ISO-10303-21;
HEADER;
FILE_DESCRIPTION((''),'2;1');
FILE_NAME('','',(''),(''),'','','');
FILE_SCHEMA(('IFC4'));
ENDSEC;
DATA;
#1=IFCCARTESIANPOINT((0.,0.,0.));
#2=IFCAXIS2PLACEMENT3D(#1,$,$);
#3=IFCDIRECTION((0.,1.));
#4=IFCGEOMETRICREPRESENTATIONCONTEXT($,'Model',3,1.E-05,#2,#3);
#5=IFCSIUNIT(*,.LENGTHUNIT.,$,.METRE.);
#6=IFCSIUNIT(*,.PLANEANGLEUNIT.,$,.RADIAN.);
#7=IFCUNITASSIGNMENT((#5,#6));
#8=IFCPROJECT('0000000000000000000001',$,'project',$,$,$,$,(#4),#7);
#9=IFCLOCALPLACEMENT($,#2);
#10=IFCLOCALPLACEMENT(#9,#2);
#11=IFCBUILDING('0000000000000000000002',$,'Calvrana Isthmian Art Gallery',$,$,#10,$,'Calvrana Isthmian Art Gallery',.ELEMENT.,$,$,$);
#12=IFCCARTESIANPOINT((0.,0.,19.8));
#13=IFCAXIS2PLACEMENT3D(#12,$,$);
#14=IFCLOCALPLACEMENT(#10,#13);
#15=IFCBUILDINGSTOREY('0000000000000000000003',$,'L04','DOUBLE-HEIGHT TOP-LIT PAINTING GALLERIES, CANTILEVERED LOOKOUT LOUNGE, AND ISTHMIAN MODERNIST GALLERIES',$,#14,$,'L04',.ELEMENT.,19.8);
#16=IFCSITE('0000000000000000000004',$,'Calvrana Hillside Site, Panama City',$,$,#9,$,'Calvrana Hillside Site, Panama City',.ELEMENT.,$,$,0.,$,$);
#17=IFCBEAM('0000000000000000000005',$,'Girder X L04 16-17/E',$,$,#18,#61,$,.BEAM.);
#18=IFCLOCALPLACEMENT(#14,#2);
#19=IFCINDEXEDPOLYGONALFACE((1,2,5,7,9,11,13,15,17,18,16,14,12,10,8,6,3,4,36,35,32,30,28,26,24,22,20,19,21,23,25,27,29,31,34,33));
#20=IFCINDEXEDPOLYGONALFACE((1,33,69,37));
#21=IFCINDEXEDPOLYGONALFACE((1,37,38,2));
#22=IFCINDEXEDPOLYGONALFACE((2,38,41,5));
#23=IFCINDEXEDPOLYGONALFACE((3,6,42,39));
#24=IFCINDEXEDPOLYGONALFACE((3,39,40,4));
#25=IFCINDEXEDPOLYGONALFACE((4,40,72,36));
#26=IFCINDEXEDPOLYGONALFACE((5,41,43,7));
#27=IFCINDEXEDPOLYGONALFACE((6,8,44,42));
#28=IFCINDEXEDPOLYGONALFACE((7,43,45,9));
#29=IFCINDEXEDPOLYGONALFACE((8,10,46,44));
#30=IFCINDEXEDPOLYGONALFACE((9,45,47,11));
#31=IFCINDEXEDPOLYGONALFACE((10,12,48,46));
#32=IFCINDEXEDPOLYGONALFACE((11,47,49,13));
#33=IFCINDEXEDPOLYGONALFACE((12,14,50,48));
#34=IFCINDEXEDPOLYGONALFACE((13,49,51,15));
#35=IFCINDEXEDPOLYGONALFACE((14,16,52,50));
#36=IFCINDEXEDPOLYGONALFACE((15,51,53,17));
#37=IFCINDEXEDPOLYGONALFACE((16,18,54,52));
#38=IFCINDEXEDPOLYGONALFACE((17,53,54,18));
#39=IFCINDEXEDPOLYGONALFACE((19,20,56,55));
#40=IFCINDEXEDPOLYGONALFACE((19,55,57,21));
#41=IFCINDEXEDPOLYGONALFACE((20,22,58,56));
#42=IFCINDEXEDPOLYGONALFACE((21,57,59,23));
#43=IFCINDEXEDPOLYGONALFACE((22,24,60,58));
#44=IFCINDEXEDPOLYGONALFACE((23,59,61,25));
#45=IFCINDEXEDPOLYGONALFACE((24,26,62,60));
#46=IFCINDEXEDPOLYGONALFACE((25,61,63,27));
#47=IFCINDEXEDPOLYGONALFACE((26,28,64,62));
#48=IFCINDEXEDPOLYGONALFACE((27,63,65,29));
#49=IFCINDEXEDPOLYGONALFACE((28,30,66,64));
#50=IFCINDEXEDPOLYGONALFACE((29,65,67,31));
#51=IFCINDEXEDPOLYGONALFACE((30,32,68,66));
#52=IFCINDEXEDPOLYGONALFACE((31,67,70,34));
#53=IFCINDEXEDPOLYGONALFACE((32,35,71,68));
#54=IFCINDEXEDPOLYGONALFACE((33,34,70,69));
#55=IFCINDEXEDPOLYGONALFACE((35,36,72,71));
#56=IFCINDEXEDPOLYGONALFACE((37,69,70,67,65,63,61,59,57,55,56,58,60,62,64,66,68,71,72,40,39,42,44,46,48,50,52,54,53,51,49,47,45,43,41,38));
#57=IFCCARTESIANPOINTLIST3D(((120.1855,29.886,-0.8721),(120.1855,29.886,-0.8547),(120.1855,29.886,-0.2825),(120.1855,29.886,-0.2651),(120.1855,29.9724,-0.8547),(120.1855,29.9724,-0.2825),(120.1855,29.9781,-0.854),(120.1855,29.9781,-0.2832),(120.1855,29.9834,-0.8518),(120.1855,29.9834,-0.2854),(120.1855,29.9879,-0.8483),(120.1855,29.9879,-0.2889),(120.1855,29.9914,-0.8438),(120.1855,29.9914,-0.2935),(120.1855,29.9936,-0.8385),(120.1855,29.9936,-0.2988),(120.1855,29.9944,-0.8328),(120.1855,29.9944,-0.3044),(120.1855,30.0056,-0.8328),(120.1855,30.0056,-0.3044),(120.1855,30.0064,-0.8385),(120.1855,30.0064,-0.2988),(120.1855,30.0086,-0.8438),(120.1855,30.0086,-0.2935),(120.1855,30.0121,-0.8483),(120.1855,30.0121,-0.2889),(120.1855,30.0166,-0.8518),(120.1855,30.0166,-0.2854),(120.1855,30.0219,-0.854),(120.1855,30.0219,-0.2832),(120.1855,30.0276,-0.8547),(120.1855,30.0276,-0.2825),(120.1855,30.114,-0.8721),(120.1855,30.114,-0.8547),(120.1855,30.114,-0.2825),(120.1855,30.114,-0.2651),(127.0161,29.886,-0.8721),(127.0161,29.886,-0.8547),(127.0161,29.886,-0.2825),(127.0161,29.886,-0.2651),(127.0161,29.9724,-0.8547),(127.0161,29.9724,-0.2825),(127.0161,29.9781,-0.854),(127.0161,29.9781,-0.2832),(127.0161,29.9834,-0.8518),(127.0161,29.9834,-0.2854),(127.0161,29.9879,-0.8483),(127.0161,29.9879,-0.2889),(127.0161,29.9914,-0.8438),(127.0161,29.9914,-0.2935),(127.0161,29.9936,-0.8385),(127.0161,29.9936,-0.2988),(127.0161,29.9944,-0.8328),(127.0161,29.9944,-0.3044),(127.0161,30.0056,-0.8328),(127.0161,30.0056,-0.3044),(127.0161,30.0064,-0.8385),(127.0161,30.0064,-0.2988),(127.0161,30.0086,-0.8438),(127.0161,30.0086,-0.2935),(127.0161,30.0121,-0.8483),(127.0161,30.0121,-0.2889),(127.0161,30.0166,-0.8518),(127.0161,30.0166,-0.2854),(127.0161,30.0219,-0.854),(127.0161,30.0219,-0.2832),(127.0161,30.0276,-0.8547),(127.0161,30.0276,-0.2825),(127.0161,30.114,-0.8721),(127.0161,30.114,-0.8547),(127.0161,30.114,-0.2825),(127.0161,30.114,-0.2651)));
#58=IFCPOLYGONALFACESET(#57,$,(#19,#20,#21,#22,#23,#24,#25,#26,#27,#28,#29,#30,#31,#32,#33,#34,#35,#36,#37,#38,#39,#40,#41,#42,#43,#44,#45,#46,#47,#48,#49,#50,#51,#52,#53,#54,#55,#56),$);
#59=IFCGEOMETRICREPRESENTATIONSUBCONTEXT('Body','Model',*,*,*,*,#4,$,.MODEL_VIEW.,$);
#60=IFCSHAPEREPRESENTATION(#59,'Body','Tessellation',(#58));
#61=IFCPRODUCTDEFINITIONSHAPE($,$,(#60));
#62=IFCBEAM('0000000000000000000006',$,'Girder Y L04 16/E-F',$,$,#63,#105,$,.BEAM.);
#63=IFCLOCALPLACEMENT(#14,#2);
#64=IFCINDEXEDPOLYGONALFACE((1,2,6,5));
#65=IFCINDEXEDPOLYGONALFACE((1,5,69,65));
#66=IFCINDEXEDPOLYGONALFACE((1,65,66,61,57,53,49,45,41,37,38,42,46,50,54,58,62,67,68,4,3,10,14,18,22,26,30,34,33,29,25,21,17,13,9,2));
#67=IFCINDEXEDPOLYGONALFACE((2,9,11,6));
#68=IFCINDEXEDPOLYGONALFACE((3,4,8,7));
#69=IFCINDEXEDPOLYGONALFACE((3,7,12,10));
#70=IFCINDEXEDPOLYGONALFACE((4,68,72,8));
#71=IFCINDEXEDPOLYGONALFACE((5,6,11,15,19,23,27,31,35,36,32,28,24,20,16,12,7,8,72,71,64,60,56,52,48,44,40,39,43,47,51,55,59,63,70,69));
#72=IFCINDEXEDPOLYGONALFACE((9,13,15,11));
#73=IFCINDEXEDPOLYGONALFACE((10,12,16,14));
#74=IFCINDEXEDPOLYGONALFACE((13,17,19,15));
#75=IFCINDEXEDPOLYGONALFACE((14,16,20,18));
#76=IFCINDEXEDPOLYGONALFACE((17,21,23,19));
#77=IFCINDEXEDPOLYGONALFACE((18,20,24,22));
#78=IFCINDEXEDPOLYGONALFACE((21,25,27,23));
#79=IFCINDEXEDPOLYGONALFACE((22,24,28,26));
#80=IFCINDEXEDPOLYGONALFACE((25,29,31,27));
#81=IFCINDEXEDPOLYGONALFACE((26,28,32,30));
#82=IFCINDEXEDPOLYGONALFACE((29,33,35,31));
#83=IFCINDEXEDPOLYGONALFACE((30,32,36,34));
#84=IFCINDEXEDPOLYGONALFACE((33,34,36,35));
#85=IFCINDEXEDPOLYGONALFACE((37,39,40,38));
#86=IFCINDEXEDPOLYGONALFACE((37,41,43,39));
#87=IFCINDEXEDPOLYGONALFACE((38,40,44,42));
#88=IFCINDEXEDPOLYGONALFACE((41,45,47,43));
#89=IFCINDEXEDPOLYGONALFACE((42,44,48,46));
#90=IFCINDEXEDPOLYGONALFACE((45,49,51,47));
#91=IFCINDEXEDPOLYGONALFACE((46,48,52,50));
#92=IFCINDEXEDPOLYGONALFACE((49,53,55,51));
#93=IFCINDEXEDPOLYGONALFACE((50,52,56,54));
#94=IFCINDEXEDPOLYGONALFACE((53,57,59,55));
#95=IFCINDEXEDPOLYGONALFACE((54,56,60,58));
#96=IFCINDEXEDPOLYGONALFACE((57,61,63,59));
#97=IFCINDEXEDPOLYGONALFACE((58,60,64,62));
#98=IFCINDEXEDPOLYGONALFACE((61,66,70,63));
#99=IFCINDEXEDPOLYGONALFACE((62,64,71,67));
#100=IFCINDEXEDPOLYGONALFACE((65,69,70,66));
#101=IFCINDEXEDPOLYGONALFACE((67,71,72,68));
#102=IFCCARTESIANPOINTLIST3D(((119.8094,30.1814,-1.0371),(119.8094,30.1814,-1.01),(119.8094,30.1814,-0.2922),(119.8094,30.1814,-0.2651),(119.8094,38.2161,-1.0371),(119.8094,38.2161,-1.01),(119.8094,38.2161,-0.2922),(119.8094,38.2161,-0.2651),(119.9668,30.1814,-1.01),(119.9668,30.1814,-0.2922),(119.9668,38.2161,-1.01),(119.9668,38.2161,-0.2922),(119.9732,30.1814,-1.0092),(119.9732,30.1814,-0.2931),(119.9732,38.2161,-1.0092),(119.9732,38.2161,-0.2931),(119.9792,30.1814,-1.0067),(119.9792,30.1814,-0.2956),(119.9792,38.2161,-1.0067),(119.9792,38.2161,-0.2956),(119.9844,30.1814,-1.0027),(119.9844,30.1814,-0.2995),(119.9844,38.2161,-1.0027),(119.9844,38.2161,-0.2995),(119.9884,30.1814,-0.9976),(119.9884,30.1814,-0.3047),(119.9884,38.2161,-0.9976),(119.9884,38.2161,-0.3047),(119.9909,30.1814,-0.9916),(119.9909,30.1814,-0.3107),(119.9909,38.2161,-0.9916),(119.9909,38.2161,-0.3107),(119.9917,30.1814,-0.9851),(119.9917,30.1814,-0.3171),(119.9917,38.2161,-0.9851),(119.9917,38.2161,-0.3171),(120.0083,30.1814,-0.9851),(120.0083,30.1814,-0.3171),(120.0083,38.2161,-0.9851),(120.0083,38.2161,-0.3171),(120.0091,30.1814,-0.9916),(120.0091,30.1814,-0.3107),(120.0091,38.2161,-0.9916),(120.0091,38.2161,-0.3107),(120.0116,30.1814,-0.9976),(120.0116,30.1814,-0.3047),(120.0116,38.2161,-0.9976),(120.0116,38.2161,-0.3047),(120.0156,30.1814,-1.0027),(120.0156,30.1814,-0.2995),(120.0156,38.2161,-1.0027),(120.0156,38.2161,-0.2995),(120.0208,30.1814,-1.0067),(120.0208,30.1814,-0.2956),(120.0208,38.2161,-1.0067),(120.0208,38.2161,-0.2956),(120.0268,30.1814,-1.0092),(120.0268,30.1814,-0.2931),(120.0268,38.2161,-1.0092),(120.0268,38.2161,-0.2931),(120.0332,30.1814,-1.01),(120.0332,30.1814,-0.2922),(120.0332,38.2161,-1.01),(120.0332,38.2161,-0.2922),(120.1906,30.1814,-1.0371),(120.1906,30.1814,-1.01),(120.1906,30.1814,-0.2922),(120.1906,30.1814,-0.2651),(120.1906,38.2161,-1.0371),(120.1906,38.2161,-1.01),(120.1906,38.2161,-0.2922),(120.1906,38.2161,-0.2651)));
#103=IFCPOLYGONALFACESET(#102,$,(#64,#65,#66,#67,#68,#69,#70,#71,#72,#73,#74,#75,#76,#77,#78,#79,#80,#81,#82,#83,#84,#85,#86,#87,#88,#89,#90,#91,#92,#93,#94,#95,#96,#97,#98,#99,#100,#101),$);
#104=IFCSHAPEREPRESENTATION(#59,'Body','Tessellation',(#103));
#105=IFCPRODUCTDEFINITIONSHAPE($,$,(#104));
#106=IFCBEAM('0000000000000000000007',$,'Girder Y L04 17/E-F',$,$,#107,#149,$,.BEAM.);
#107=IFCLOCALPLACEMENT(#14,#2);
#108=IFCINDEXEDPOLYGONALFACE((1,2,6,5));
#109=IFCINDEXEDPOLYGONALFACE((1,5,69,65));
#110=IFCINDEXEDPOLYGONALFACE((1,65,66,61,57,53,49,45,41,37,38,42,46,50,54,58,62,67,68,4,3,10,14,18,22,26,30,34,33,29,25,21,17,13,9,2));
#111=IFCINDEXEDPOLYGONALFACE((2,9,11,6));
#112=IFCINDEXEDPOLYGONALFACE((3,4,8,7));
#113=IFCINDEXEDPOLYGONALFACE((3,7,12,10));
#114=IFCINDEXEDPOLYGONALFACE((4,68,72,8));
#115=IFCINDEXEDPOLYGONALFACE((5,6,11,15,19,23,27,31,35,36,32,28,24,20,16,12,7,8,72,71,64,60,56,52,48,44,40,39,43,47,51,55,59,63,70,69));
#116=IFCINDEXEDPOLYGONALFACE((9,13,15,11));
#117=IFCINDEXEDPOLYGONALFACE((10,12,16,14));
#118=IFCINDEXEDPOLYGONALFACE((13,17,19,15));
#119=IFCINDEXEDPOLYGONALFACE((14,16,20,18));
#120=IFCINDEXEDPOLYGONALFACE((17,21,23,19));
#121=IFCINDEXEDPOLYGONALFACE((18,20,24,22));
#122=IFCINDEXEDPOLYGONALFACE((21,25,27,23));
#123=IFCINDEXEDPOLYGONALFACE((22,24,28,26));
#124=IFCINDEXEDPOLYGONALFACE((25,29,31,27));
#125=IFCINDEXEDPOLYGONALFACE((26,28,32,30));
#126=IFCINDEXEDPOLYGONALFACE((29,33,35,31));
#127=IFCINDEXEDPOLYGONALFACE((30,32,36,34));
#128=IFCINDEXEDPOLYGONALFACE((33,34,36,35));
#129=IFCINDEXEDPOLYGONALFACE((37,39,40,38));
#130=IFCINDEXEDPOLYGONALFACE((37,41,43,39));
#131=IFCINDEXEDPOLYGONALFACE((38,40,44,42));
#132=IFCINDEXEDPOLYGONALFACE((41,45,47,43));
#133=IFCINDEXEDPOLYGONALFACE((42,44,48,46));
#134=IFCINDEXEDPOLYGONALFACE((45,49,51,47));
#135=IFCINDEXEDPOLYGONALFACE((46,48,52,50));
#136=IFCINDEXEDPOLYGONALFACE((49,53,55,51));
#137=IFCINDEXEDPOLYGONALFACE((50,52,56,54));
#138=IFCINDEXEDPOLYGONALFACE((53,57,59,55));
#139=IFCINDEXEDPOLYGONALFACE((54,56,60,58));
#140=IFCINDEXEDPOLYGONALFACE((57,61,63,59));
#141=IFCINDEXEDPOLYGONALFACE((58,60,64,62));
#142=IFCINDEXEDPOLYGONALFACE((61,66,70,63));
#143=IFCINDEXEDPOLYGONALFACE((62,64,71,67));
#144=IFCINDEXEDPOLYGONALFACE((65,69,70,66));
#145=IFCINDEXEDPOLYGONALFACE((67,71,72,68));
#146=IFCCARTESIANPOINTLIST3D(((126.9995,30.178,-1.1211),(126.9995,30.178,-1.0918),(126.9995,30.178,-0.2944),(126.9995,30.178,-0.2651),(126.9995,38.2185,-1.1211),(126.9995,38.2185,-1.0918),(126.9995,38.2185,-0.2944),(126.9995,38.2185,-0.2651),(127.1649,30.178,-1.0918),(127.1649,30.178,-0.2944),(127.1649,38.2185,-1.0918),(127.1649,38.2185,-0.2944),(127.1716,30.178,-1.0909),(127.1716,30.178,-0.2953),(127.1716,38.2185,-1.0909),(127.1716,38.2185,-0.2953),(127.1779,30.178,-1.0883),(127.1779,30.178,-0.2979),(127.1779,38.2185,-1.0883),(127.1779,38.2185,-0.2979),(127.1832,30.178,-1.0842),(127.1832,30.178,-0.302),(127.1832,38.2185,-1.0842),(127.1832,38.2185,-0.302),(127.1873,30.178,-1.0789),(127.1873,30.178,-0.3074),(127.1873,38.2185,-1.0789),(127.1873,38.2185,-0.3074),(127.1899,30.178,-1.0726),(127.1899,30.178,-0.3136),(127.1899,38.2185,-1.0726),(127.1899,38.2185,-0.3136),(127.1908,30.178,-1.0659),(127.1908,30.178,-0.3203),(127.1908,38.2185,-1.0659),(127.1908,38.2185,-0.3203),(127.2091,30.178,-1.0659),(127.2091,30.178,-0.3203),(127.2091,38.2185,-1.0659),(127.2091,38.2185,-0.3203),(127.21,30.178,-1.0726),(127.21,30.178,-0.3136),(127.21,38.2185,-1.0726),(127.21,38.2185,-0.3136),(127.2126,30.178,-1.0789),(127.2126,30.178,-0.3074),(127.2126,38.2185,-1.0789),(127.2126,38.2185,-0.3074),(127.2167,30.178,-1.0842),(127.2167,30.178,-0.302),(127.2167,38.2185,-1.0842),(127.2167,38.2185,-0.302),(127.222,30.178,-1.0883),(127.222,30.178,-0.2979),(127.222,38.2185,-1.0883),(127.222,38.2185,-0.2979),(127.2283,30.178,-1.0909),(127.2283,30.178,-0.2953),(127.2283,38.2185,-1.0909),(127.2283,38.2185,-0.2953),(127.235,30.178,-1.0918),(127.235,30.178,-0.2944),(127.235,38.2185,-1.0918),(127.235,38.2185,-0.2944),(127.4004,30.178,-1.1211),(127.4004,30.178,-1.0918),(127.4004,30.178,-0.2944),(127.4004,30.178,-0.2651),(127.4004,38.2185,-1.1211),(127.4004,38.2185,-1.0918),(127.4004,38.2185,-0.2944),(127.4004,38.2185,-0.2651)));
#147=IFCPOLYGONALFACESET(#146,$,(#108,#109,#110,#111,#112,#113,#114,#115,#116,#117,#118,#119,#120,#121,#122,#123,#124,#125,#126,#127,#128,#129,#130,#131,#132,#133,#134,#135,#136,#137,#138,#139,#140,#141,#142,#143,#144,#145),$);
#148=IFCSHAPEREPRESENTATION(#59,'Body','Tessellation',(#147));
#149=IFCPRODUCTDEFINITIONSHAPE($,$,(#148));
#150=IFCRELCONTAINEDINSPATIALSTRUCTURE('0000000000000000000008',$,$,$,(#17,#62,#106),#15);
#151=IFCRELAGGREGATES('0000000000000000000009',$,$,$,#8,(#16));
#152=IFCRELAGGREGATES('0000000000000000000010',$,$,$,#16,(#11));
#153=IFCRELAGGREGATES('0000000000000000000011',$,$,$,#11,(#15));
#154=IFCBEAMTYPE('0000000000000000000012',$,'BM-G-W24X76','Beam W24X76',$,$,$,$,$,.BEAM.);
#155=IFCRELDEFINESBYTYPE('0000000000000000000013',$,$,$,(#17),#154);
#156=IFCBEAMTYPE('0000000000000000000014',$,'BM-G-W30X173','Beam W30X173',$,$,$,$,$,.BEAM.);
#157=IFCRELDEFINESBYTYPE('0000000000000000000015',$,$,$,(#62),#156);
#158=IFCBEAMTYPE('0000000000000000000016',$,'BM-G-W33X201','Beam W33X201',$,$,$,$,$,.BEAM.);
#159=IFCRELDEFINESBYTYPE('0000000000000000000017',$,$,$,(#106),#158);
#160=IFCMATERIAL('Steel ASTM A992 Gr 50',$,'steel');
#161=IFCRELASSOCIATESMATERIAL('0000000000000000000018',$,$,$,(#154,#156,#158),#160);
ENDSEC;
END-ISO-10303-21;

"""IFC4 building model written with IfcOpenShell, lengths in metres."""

from ifc_helpers import new_model, si_unit, direction, frame, origin, origin_2d, place, context, subcontext, project, spatial, i_section, extrude, material, material_profile, profile_set, type_object, element, save


model = new_model("IFC4")

# Units and contexts
model_context = context("Model", 3, precision=1e-05, world=origin(), true_north=direction((0.0, 1.0)))
body_context = subcontext(model_context, "Body", "Model", "MODEL_VIEW")
ifc_project = project(units=[si_unit("LENGTHUNIT", "METRE"), si_unit("PLANEANGLEUNIT", "RADIAN")], contexts=[model_context])

# Site, building, storey
site_placement = place(None, origin())
site = spatial("IfcSite", under=ifc_project, at=site_placement, Name="Calvrana Hillside Site, Panama City", LongName="Calvrana Hillside Site, Panama City", CompositionType="ELEMENT", RefElevation=0.0)
building_placement = place(site_placement, origin())
building = spatial("IfcBuilding", under=site, at=building_placement, Name="Calvrana Isthmian Art Gallery", LongName="Calvrana Isthmian Art Gallery", CompositionType="ELEMENT")
storey_placement = place(building_placement, frame((0.0, 0.0, 19.8)))
storey = spatial("IfcBuildingStorey", under=building, at=storey_placement, Name="L04", Description="DOUBLE-HEIGHT TOP-LIT PAINTING GALLERIES, CANTILEVERED LOOKOUT LOUNGE, AND ISTHMIAN MODERNIST GALLERIES", LongName="L04", CompositionType="ELEMENT", Elevation=19.8)

# Shared definitions
ifc_material_1 = material(Name="Steel ASTM A992 Gr 50", Category="steel")

# Beams
ifc_material_profile_1 = material_profile(ifc_material_1, i_section(OverallWidth=0.228, OverallDepth=0.6069, WebThickness=0.0112, FlangeThickness=0.0173, FilletRadius=0.022, at=origin_2d()), Name="W24X76")
ifc_profile_set_1 = profile_set([ifc_material_profile_1], Name="Steel ASTM A992 Gr 50")
beam_type_1 = type_object("IfcBeamType", Name="BM-G-W24X76", Description="Beam W24X76", PredefinedType="BEAM", material=ifc_profile_set_1)
beam_1_placement = place(storey_placement, frame((120.1855, 30.0, -0.5686), z_axis=(1.0, 0.0, 0.0), x_axis=(0.0, 1.0, 0.0)))
element("IfcBeam", 1, at=beam_1_placement, inside=storey, type_object=beam_type_1, Name="Girder X L04 16-17/E", PredefinedType="BEAM", context=body_context, shape_type="SweptSolid", body=[
    extrude(i_section(OverallWidth=0.228, OverallDepth=0.6069, WebThickness=0.0112, FlangeThickness=0.0173, FilletRadius=0.022, at=origin_2d()), origin(), (0.0, 0.0, 1.0), 6.8306),
])
ifc_material_profile_2 = material_profile(ifc_material_1, i_section(OverallWidth=0.3811, OverallDepth=0.772, WebThickness=0.0166, FlangeThickness=0.0271, FilletRadius=0.0249, at=origin_2d()), Name="W30X173")
ifc_profile_set_2 = profile_set([ifc_material_profile_2], Name="Steel ASTM A992 Gr 50")
beam_type_2 = type_object("IfcBeamType", Name="BM-G-W30X173", Description="Beam W30X173", PredefinedType="BEAM", material=ifc_profile_set_2)
beam_2_placement = place(storey_placement, frame((120.0, 30.1814, -0.6511), z_axis=(0.0, 1.0, 0.0), x_axis=(-1.0, 0.0, 0.0)))
element("IfcBeam", 2, at=beam_2_placement, inside=storey, type_object=beam_type_2, Name="Girder Y L04 16/E-F", PredefinedType="BEAM", context=body_context, shape_type="SweptSolid", body=[
    extrude(i_section(OverallWidth=0.3811, OverallDepth=0.772, WebThickness=0.0166, FlangeThickness=0.0271, FilletRadius=0.0249, at=origin_2d()), origin(), (0.0, 0.0, 1.0), 8.0347),
])
ifc_material_profile_3 = material_profile(ifc_material_1, i_section(OverallWidth=0.4009, OverallDepth=0.856, WebThickness=0.0183, FlangeThickness=0.0293, FilletRadius=0.0259, at=origin_2d()), Name="W33X201")
ifc_profile_set_3 = profile_set([ifc_material_profile_3], Name="Steel ASTM A992 Gr 50")
beam_type_3 = type_object("IfcBeamType", Name="BM-G-W33X201", Description="Beam W33X201", PredefinedType="BEAM", material=ifc_profile_set_3)
beam_3_placement = place(storey_placement, frame((127.2, 30.178, -0.6931), z_axis=(0.0, 1.0, 0.0), x_axis=(-1.0, 0.0, 0.0)))
element("IfcBeam", 3, at=beam_3_placement, inside=storey, type_object=beam_type_3, Name="Girder Y L04 17/E-F", PredefinedType="BEAM", context=body_context, shape_type="SweptSolid", body=[
    extrude(i_section(OverallWidth=0.4009, OverallDepth=0.856, WebThickness=0.0183, FlangeThickness=0.0293, FilletRadius=0.0259, at=origin_2d()), origin(), (0.0, 0.0, 1.0), 8.0405),
])

save(model, "model.ifc")
